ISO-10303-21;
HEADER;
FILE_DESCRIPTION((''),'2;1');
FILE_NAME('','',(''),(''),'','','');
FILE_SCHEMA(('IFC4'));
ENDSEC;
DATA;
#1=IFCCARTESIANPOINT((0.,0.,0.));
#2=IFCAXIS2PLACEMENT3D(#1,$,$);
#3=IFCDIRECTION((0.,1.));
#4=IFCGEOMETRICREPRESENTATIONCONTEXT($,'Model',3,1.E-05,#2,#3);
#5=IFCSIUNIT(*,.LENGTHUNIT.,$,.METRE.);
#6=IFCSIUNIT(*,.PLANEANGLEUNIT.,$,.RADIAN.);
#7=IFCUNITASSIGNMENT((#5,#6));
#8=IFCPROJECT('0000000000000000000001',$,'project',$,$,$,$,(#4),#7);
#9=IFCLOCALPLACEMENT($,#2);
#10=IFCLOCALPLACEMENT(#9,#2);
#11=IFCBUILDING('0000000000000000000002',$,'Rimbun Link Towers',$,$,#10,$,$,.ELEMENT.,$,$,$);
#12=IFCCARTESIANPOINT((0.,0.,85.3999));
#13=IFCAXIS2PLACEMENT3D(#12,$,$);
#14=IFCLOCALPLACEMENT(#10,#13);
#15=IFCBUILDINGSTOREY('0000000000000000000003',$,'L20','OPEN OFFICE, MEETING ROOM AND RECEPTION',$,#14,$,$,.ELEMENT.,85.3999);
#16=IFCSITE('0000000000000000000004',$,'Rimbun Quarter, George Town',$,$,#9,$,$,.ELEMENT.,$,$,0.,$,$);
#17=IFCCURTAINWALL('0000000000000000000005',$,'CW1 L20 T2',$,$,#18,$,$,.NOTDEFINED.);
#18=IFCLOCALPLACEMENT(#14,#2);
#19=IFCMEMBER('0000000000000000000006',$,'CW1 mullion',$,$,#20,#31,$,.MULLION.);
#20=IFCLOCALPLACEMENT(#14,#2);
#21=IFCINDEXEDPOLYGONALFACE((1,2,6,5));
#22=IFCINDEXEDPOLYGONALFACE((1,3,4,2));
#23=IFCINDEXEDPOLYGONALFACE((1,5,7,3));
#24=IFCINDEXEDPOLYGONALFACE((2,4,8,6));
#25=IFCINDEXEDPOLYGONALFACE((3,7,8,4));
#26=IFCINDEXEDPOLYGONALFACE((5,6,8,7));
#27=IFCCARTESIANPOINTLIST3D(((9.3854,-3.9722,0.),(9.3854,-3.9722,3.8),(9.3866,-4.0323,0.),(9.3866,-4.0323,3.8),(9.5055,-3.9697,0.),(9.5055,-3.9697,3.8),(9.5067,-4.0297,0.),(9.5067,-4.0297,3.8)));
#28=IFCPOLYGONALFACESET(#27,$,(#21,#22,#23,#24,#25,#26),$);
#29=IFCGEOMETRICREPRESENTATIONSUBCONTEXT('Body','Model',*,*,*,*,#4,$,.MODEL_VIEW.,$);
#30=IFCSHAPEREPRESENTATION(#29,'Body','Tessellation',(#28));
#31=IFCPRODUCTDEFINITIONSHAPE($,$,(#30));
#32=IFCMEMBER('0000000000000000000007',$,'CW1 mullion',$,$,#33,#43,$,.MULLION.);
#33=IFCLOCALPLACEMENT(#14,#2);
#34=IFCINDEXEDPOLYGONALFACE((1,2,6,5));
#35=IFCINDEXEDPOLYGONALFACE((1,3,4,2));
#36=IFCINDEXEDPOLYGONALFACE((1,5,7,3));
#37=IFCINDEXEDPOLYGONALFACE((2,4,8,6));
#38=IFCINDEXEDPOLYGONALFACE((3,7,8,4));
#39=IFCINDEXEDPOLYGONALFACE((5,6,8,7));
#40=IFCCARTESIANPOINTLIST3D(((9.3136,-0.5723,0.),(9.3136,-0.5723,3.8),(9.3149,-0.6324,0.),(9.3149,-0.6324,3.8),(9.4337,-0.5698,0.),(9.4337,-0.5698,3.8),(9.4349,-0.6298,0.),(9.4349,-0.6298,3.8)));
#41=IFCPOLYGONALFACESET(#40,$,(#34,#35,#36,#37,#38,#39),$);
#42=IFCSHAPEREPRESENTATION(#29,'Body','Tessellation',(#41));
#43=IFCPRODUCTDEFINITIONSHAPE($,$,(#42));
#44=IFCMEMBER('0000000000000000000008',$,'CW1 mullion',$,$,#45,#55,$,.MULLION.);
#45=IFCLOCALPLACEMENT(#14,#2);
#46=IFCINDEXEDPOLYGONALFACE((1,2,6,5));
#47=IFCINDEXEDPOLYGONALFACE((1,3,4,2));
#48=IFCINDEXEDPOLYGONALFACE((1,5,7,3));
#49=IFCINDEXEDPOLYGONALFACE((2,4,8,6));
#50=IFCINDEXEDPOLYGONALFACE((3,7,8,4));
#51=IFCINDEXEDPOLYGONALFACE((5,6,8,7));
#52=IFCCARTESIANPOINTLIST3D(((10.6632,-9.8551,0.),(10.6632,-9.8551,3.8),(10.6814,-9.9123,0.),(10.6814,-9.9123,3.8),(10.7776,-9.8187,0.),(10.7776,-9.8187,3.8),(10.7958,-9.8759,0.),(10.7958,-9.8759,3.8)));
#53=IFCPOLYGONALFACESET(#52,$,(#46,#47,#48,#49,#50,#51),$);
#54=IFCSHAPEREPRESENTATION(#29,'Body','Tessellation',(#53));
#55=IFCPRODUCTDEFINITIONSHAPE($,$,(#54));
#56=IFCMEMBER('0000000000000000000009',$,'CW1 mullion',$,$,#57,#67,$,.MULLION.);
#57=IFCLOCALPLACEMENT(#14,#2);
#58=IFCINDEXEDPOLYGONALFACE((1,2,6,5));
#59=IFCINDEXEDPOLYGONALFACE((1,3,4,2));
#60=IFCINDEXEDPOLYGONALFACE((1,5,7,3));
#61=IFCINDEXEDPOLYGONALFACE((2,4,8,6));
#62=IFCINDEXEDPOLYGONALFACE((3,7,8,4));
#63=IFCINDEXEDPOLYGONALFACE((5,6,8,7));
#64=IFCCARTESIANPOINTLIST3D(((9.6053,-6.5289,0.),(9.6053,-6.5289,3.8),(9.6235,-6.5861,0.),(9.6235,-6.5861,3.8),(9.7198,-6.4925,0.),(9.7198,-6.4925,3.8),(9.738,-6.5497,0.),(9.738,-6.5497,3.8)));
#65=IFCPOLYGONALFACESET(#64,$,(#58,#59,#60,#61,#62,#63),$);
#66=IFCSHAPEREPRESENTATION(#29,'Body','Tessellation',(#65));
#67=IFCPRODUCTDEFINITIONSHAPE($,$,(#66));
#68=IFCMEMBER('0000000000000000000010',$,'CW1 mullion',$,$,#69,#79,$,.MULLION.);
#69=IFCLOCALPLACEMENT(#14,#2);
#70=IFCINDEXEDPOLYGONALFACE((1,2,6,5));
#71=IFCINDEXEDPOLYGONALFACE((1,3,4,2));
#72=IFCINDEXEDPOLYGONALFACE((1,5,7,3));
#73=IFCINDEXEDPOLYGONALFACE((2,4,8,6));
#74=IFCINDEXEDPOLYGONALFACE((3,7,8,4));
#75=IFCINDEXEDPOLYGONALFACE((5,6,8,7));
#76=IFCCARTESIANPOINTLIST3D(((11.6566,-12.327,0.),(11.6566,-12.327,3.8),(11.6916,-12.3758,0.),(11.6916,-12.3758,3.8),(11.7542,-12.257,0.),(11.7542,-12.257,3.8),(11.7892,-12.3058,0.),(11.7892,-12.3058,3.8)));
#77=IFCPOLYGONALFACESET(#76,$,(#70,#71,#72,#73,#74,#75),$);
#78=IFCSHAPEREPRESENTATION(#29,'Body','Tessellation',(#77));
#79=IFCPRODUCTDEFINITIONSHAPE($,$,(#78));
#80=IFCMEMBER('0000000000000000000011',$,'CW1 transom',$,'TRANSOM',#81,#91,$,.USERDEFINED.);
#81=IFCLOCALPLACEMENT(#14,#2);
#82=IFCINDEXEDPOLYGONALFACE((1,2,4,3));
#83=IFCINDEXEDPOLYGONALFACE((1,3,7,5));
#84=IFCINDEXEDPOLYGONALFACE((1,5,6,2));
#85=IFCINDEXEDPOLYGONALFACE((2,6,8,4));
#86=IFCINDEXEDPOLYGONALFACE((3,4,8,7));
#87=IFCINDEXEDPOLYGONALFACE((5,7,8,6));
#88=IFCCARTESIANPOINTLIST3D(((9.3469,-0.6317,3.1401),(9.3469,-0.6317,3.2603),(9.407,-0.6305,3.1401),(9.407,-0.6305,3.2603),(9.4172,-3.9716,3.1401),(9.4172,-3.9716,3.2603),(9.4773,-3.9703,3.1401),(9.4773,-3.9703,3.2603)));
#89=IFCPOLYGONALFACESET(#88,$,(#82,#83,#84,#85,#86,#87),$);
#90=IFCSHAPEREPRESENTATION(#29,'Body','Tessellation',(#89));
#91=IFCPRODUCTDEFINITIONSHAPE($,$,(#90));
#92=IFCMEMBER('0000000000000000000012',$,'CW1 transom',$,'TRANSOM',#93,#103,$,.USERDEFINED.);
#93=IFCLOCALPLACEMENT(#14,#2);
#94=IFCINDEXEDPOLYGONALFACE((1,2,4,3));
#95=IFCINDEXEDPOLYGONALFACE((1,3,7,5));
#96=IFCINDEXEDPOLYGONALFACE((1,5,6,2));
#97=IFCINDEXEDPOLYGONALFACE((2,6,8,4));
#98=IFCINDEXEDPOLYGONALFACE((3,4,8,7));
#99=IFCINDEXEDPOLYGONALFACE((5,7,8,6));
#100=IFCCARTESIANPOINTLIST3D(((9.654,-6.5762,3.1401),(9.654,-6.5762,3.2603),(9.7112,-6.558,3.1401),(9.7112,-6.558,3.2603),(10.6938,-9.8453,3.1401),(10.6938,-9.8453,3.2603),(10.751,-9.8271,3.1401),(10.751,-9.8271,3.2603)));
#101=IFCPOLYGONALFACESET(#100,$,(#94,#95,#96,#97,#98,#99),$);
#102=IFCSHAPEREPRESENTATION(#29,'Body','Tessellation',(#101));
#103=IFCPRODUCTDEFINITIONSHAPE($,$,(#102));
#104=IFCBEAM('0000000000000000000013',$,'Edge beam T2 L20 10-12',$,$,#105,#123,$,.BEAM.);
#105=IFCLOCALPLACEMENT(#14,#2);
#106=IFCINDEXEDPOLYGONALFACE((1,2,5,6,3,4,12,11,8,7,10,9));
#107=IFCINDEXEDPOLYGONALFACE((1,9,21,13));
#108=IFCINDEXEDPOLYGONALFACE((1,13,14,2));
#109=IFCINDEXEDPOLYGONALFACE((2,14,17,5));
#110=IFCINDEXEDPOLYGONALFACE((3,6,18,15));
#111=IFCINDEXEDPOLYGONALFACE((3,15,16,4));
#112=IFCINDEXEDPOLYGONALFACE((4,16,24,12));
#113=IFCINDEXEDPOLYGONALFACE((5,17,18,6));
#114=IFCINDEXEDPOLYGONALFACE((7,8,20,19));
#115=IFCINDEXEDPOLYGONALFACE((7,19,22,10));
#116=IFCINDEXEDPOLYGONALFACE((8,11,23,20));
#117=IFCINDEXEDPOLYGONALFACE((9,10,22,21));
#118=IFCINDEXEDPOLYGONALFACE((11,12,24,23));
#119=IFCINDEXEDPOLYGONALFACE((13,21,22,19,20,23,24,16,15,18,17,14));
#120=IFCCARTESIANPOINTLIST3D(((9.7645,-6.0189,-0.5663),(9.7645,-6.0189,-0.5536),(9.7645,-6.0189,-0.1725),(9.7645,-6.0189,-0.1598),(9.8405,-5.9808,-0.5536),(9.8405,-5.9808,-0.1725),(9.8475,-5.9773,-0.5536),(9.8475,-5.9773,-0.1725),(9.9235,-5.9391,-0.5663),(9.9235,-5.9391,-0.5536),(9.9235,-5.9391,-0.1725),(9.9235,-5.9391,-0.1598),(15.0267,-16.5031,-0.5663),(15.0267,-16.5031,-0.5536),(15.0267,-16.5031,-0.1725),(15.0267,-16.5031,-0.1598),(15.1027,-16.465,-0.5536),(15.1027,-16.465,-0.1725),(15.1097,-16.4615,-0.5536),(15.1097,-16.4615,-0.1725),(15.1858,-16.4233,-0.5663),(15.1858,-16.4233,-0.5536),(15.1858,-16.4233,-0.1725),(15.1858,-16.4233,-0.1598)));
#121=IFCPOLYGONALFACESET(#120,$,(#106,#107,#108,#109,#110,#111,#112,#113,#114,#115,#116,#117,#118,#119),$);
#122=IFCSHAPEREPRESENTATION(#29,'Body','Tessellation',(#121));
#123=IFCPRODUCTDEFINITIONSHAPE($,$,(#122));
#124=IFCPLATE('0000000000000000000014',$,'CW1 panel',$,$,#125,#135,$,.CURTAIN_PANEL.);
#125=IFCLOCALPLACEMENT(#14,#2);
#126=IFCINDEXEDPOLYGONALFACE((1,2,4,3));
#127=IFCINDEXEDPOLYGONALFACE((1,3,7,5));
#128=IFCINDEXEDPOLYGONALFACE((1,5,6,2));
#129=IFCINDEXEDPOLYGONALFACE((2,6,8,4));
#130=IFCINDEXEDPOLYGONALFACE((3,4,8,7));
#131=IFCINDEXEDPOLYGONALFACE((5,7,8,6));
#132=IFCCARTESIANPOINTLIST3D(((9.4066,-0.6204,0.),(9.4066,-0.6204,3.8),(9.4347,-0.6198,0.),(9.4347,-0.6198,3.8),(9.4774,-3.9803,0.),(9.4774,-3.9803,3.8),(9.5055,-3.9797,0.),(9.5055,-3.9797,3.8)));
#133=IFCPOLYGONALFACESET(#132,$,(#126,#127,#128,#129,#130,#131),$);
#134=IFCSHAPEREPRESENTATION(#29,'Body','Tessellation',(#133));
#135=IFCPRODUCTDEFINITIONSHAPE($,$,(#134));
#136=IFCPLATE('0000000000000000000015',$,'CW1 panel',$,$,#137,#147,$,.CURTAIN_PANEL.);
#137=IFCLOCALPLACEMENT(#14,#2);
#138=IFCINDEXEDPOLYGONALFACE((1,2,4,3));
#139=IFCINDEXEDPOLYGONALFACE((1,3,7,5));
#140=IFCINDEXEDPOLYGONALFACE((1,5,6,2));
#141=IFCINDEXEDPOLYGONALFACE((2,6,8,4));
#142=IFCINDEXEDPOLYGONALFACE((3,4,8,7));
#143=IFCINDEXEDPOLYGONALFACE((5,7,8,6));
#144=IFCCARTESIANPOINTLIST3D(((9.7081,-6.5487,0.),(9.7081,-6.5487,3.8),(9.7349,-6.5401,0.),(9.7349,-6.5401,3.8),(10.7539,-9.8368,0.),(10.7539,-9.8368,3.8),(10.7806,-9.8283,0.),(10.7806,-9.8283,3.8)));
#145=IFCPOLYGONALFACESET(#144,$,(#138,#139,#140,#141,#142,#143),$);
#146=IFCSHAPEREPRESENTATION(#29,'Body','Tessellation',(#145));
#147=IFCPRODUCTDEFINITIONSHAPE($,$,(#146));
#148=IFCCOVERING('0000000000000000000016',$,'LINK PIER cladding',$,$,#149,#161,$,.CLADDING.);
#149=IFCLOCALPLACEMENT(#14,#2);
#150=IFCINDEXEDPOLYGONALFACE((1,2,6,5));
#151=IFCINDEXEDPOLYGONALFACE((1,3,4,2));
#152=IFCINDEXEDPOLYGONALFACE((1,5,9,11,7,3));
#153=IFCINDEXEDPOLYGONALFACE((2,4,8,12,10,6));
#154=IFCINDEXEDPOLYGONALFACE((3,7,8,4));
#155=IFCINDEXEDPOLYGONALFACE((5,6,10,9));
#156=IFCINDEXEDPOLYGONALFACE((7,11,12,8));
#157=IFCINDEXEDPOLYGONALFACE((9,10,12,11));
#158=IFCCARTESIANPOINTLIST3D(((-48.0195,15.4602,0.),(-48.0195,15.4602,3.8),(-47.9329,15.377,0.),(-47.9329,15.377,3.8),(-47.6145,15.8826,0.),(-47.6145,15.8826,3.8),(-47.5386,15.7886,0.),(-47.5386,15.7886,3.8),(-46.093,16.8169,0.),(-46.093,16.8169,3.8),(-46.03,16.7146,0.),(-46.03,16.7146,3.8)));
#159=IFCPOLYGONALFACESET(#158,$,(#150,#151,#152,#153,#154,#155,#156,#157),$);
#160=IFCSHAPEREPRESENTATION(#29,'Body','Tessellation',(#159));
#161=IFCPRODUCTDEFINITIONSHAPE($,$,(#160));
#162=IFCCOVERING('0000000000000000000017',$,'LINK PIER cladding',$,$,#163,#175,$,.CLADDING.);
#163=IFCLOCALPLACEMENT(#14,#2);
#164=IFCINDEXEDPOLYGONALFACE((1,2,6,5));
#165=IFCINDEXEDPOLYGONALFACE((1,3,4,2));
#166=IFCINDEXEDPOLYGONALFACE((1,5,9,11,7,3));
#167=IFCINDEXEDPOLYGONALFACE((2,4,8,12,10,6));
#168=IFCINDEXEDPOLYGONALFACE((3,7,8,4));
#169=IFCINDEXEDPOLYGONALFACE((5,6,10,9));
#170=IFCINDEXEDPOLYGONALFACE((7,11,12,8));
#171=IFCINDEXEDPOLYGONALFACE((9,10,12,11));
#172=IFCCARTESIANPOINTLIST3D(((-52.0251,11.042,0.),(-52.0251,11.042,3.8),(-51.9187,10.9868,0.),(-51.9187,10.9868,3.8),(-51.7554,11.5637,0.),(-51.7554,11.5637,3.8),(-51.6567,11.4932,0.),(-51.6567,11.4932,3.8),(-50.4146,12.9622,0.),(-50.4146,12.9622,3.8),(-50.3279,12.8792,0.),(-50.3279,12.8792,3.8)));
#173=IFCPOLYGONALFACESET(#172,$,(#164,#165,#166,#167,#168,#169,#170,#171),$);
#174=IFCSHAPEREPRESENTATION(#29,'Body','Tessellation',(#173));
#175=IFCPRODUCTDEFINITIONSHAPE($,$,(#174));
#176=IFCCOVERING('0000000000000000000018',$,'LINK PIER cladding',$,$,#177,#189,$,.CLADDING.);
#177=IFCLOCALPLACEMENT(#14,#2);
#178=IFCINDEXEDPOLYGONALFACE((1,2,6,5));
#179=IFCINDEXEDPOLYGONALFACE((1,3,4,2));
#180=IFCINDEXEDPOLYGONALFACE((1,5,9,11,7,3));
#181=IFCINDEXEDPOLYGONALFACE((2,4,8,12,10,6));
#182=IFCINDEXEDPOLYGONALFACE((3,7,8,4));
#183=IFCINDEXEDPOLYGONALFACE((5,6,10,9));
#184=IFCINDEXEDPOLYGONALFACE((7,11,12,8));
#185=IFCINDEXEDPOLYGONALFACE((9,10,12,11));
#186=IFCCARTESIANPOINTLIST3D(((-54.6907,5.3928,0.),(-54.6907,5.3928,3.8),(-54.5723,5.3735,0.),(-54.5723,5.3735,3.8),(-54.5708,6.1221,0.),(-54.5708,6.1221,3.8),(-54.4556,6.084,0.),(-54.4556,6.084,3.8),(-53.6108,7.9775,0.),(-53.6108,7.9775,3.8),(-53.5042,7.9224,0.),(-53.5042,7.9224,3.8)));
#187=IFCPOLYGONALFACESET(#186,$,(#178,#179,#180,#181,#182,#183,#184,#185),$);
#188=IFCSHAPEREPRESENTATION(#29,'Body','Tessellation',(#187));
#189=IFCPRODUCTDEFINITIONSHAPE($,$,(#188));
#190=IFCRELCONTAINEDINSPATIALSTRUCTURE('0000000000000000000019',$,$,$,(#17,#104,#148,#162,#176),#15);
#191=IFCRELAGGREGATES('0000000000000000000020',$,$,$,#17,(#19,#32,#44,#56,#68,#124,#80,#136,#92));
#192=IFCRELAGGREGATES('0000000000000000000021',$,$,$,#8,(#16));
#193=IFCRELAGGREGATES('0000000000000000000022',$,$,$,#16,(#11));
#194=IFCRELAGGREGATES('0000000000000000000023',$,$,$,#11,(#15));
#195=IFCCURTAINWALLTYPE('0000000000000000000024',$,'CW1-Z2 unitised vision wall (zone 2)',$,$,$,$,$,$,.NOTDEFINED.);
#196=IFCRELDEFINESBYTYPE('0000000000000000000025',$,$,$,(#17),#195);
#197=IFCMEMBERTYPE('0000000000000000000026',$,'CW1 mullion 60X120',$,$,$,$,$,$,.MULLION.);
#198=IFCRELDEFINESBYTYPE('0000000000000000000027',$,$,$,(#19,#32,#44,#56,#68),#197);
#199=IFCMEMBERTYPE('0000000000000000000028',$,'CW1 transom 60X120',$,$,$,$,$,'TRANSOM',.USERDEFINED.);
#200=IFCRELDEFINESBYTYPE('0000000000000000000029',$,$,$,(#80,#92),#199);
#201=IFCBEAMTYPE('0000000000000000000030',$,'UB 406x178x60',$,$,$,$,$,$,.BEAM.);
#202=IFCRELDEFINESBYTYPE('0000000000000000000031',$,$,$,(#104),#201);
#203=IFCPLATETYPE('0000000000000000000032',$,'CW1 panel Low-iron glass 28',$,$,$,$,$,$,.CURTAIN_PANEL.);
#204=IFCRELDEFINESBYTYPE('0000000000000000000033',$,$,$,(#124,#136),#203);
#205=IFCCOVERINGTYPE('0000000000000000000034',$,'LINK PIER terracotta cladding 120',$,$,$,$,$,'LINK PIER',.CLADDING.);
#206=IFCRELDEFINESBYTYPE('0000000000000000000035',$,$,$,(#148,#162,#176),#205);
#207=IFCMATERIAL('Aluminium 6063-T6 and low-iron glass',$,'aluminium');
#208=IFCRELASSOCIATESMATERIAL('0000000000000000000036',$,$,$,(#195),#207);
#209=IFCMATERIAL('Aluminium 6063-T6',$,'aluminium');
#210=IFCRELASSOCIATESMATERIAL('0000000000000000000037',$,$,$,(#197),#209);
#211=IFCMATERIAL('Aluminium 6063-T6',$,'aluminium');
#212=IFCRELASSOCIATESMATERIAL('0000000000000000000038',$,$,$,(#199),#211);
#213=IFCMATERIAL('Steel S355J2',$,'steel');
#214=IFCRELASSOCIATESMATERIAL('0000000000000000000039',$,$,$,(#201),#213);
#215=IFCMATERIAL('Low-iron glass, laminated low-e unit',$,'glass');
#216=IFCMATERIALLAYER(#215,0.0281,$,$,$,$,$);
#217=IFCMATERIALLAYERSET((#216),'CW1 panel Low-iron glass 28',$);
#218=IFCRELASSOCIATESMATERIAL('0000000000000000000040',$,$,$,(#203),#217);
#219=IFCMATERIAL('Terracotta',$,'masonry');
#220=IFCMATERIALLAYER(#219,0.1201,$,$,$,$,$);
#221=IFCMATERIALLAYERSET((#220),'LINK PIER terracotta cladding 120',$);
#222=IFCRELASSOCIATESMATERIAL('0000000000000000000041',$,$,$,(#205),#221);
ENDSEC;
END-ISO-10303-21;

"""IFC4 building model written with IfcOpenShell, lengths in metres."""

from ifc_helpers import new_model, si_unit, direction, frame, origin, origin_2d, place, context, subcontext, project, spatial, polyline, rectangle, i_section, outline, extrude, material, layer, layer_set, material_profile, profile_set, type_object, element, aggregate, save


model = new_model("IFC4")

# Units and contexts
model_context = context("Model", 3, precision=1e-05, world=origin(), true_north=direction((0.0, 1.0)))
body_context = subcontext(model_context, "Body", "Model", "MODEL_VIEW")
ifc_project = project(units=[si_unit("LENGTHUNIT", "METRE"), si_unit("PLANEANGLEUNIT", "RADIAN")], contexts=[model_context])

# Site, building, storey
site_placement = place(None, origin())
site = spatial("IfcSite", under=ifc_project, at=site_placement, Name="Rimbun Quarter, George Town", CompositionType="ELEMENT", RefElevation=0.0)
building_placement = place(site_placement, origin())
building = spatial("IfcBuilding", under=site, at=building_placement, Name="Rimbun Link Towers", CompositionType="ELEMENT")
storey_placement = place(building_placement, frame((0.0, 0.0, 85.3999)))
storey = spatial("IfcBuildingStorey", under=building, at=storey_placement, Name="L20", Description="OPEN OFFICE, MEETING ROOM AND RECEPTION", CompositionType="ELEMENT", Elevation=85.3999)

# Curtain wall, members
ifc_material_1 = material(Name="Aluminium 6063-T6 and low-iron glass", Category="aluminium")
curtain_wall_type = type_object("IfcCurtainWallType", Name="CW1-Z2 unitised vision wall (zone 2)", PredefinedType="NOTDEFINED", material=ifc_material_1)
curtain_wall_placement = place(storey_placement, origin())
curtain_wall = element("IfcCurtainWall", 1, at=curtain_wall_placement, inside=storey, type_object=curtain_wall_type, Name="CW1 L20 T2", PredefinedType="NOTDEFINED")
ifc_material_2 = material(Name="Aluminium 6063-T6", Category="aluminium")
ifc_material_profile_1 = material_profile(ifc_material_2, rectangle(XDim=0.1201, YDim=0.0601, at=origin_2d()), Name="MULLION 60X120")
ifc_profile_set_1 = profile_set([ifc_material_profile_1], Name="Aluminium 6063-T6")
member_type_1 = type_object("IfcMemberType", Name="CW1 mullion 60X120", PredefinedType="MULLION", material=ifc_profile_set_1)
member_1_placement = place(storey_placement, frame((9.446, -4.001, 0.0), z_axis=(0.0, 0.0, 1.0), x_axis=(-0.999778, -0.021057, 0.0)))
member_1 = element("IfcMember", 2, at=member_1_placement, type_object=member_type_1, Name="CW1 mullion", PredefinedType="MULLION", context=body_context, shape_type="SweptSolid", body=[
    extrude(rectangle(XDim=0.1201, YDim=0.0601, at=origin_2d()), origin(), (0.0, 0.0, 1.0), 3.8),
])
member_2_placement = place(storey_placement, frame((9.3743, -0.6011, 0.0), z_axis=(0.0, 0.0, 1.0), x_axis=(-0.999778, -0.021057, 0.0)))
member_2 = element("IfcMember", 3, at=member_2_placement, type_object=member_type_1, Name="CW1 mullion", PredefinedType="MULLION", context=body_context, shape_type="SweptSolid", body=[
    extrude(rectangle(XDim=0.1201, YDim=0.0601, at=origin_2d()), origin(), (0.0, 0.0, 1.0), 3.8),
])
member_3_placement = place(storey_placement, frame((10.7295, -9.8655, 0.0), z_axis=(0.0, 0.0, 1.0), x_axis=(-0.952968, -0.30307, 0.0)))
member_3 = element("IfcMember", 4, at=member_3_placement, type_object=member_type_1, Name="CW1 mullion", PredefinedType="MULLION", context=body_context, shape_type="SweptSolid", body=[
    extrude(rectangle(XDim=0.1201, YDim=0.0601, at=origin_2d()), origin(), (0.0, 0.0, 1.0), 3.8),
])
member_4_placement = place(storey_placement, frame((9.6716, -6.5393, 0.0), z_axis=(0.0, 0.0, 1.0), x_axis=(-0.952968, -0.30307, 0.0)))
member_4 = element("IfcMember", 5, at=member_4_placement, type_object=member_type_1, Name="CW1 mullion", PredefinedType="MULLION", context=body_context, shape_type="SweptSolid", body=[
    extrude(rectangle(XDim=0.1201, YDim=0.0601, at=origin_2d()), origin(), (0.0, 0.0, 1.0), 3.8),
])
member_5_placement = place(storey_placement, frame((11.7229, -12.3164, 0.0), z_axis=(0.0, 0.0, 1.0), x_axis=(-0.812469, -0.583004, 0.0)))
member_5 = element("IfcMember", 6, at=member_5_placement, type_object=member_type_1, Name="CW1 mullion", PredefinedType="MULLION", context=body_context, shape_type="SweptSolid", body=[
    extrude(rectangle(XDim=0.1201, YDim=0.0601, at=origin_2d()), origin(), (0.0, 0.0, 1.0), 3.8),
])
ifc_material_3 = material(Name="Aluminium 6063-T6", Category="aluminium")
ifc_material_profile_2 = material_profile(ifc_material_3, rectangle(XDim=0.0601, YDim=0.1201, at=origin_2d()), Name="TRANSOM 60X120")
ifc_profile_set_2 = profile_set([ifc_material_profile_2], Name="Aluminium 6063-T6")
member_type_2 = type_object("IfcMemberType", Name="CW1 transom 60X120", ElementType="TRANSOM", PredefinedType="USERDEFINED", material=ifc_profile_set_2)
member_6_placement = place(storey_placement, frame((9.4473, -3.9709, 3.2002), z_axis=(-0.021048, 0.999778, 0.0), x_axis=(-0.999778, -0.021048, 0.0)))
member_6 = element("IfcMember", 7, at=member_6_placement, type_object=member_type_2, Name="CW1 transom", ObjectType="TRANSOM", PredefinedType="USERDEFINED", context=body_context, shape_type="SweptSolid", body=[
    extrude(rectangle(XDim=0.0601, YDim=0.1201, at=origin_2d()), origin(), (0.0, 0.0, 1.0), 3.3406),
])
member_7_placement = place(storey_placement, frame((10.7224, -9.8362, 3.2002), z_axis=(-0.30311, 0.952956, 0.0), x_axis=(-0.952956, -0.30311, 0.0)))
member_7 = element("IfcMember", 8, at=member_7_placement, type_object=member_type_2, Name="CW1 transom", ObjectType="TRANSOM", PredefinedType="USERDEFINED", context=body_context, shape_type="SweptSolid", body=[
    extrude(rectangle(XDim=0.0601, YDim=0.1201, at=origin_2d()), origin(), (0.0, 0.0, 1.0), 3.4304),
])

# Beam
ifc_material_4 = material(Name="Steel S355J2", Category="steel")
ifc_material_profile_3 = material_profile(ifc_material_4, i_section(OverallWidth=0.178, OverallDepth=0.4065, WebThickness=0.0078, FlangeThickness=0.0127, at=origin_2d()), Name="UB 406x178x60")
ifc_profile_set_3 = profile_set([ifc_material_profile_3], Name="Steel S355J2")
beam_type = type_object("IfcBeamType", Name="UB 406x178x60", PredefinedType="BEAM", material=ifc_profile_set_3)
beam_placement = place(storey_placement, frame((9.844, -5.979, -0.363), z_axis=(0.448587, -0.893739, 0.0), x_axis=(0.893739, 0.448587, 0.0)))
element("IfcBeam", 9, at=beam_placement, inside=storey, type_object=beam_type, Name="Edge beam T2 L20 10-12", PredefinedType="BEAM", context=body_context, shape_type="SweptSolid", body=[
    extrude(i_section(OverallWidth=0.178, OverallDepth=0.4065, WebThickness=0.0078, FlangeThickness=0.0127, at=origin_2d()), origin(), (0.0, 0.0, 1.0), 11.7307),
])

# Plates
ifc_material_5 = material(Name="Low-iron glass, laminated low-e unit", Category="glass")
ifc_layer_1 = layer(ifc_material_5, 0.0281)
ifc_layer_set_1 = layer_set([ifc_layer_1], Name="CW1 panel Low-iron glass 28")
plate_type = type_object("IfcPlateType", Name="CW1 panel Low-iron glass 28", PredefinedType="CURTAIN_PANEL", material=ifc_layer_set_1)
plate_1_placement = place(storey_placement, frame((9.4561, -2.3, 0.0), z_axis=(0.0, 0.0, 1.0), x_axis=(-0.021057, 0.999778, 0.0)))
plate_1 = element("IfcPlate", 10, at=plate_1_placement, type_object=plate_type, Name="CW1 panel", PredefinedType="CURTAIN_PANEL", context=body_context, shape_type="SweptSolid", body=[
    extrude(rectangle(XDim=3.3606, YDim=0.0281, at=origin_2d()), origin(), (0.0, 0.0, 1.0), 3.8),
])
plate_2_placement = place(storey_placement, frame((10.2444, -8.1885, 0.0), z_axis=(0.0, 0.0, 1.0), x_axis=(-0.30307, 0.952968, 0.0)))
plate_2 = element("IfcPlate", 11, at=plate_2_placement, type_object=plate_type, Name="CW1 panel", PredefinedType="CURTAIN_PANEL", context=body_context, shape_type="SweptSolid", body=[
    extrude(rectangle(XDim=3.4504, YDim=0.0281, at=origin_2d()), origin(), (0.0, 0.0, 1.0), 3.8),
])
aggregate(curtain_wall, [member_1, member_2, member_3, member_4, member_5, plate_1, member_6, plate_2, member_7])

# Coverings
ifc_material_6 = material(Name="Terracotta", Category="masonry")
ifc_layer_2 = layer(ifc_material_6, 0.1201)
ifc_layer_set_2 = layer_set([ifc_layer_2], Name="LINK PIER terracotta cladding 120")
covering_type_1 = type_object("IfcCoveringType", Name="LINK PIER terracotta cladding 120", ElementType="LINK PIER", PredefinedType="CLADDING", material=ifc_layer_set_2)
covering_1_placement = place(storey_placement, origin())
element("IfcCovering", 12, at=covering_1_placement, inside=storey, type_object=covering_type_1, Name="LINK PIER cladding", PredefinedType="CLADDING", context=body_context, shape_type="SweptSolid", body=[
    extrude(outline(polyline([(-47.9329, 15.377), (-47.5386, 15.7886), (-46.03, 16.7146), (-46.093, 16.8169), (-47.6145, 15.8826), (-48.0195, 15.4602), (-47.9329, 15.377)])), origin(), (0.0, 0.0, 1.0), 3.8),
])
covering_2_placement = place(storey_placement, origin())
element("IfcCovering", 13, at=covering_2_placement, inside=storey, type_object=covering_type_1, Name="LINK PIER cladding", PredefinedType="CLADDING", context=body_context, shape_type="SweptSolid", body=[
    extrude(outline(polyline([(-51.9187, 10.9868), (-51.6567, 11.4932), (-50.3279, 12.8792), (-50.4146, 12.9622), (-51.7554, 11.5637), (-52.0251, 11.042), (-51.9187, 10.9868)])), origin(), (0.0, 0.0, 1.0), 3.8),
])
covering_3_placement = place(storey_placement, origin())
element("IfcCovering", 14, at=covering_3_placement, inside=storey, type_object=covering_type_1, Name="LINK PIER cladding", PredefinedType="CLADDING", context=body_context, shape_type="SweptSolid", body=[
    extrude(outline(polyline([(-54.5723, 5.3735), (-54.4556, 6.084), (-53.5042, 7.9224), (-53.6108, 7.9775), (-54.5708, 6.1221), (-54.6907, 5.3928), (-54.5723, 5.3735)])), origin(), (0.0, 0.0, 1.0), 3.8),
])

save(model, "model.ifc")
